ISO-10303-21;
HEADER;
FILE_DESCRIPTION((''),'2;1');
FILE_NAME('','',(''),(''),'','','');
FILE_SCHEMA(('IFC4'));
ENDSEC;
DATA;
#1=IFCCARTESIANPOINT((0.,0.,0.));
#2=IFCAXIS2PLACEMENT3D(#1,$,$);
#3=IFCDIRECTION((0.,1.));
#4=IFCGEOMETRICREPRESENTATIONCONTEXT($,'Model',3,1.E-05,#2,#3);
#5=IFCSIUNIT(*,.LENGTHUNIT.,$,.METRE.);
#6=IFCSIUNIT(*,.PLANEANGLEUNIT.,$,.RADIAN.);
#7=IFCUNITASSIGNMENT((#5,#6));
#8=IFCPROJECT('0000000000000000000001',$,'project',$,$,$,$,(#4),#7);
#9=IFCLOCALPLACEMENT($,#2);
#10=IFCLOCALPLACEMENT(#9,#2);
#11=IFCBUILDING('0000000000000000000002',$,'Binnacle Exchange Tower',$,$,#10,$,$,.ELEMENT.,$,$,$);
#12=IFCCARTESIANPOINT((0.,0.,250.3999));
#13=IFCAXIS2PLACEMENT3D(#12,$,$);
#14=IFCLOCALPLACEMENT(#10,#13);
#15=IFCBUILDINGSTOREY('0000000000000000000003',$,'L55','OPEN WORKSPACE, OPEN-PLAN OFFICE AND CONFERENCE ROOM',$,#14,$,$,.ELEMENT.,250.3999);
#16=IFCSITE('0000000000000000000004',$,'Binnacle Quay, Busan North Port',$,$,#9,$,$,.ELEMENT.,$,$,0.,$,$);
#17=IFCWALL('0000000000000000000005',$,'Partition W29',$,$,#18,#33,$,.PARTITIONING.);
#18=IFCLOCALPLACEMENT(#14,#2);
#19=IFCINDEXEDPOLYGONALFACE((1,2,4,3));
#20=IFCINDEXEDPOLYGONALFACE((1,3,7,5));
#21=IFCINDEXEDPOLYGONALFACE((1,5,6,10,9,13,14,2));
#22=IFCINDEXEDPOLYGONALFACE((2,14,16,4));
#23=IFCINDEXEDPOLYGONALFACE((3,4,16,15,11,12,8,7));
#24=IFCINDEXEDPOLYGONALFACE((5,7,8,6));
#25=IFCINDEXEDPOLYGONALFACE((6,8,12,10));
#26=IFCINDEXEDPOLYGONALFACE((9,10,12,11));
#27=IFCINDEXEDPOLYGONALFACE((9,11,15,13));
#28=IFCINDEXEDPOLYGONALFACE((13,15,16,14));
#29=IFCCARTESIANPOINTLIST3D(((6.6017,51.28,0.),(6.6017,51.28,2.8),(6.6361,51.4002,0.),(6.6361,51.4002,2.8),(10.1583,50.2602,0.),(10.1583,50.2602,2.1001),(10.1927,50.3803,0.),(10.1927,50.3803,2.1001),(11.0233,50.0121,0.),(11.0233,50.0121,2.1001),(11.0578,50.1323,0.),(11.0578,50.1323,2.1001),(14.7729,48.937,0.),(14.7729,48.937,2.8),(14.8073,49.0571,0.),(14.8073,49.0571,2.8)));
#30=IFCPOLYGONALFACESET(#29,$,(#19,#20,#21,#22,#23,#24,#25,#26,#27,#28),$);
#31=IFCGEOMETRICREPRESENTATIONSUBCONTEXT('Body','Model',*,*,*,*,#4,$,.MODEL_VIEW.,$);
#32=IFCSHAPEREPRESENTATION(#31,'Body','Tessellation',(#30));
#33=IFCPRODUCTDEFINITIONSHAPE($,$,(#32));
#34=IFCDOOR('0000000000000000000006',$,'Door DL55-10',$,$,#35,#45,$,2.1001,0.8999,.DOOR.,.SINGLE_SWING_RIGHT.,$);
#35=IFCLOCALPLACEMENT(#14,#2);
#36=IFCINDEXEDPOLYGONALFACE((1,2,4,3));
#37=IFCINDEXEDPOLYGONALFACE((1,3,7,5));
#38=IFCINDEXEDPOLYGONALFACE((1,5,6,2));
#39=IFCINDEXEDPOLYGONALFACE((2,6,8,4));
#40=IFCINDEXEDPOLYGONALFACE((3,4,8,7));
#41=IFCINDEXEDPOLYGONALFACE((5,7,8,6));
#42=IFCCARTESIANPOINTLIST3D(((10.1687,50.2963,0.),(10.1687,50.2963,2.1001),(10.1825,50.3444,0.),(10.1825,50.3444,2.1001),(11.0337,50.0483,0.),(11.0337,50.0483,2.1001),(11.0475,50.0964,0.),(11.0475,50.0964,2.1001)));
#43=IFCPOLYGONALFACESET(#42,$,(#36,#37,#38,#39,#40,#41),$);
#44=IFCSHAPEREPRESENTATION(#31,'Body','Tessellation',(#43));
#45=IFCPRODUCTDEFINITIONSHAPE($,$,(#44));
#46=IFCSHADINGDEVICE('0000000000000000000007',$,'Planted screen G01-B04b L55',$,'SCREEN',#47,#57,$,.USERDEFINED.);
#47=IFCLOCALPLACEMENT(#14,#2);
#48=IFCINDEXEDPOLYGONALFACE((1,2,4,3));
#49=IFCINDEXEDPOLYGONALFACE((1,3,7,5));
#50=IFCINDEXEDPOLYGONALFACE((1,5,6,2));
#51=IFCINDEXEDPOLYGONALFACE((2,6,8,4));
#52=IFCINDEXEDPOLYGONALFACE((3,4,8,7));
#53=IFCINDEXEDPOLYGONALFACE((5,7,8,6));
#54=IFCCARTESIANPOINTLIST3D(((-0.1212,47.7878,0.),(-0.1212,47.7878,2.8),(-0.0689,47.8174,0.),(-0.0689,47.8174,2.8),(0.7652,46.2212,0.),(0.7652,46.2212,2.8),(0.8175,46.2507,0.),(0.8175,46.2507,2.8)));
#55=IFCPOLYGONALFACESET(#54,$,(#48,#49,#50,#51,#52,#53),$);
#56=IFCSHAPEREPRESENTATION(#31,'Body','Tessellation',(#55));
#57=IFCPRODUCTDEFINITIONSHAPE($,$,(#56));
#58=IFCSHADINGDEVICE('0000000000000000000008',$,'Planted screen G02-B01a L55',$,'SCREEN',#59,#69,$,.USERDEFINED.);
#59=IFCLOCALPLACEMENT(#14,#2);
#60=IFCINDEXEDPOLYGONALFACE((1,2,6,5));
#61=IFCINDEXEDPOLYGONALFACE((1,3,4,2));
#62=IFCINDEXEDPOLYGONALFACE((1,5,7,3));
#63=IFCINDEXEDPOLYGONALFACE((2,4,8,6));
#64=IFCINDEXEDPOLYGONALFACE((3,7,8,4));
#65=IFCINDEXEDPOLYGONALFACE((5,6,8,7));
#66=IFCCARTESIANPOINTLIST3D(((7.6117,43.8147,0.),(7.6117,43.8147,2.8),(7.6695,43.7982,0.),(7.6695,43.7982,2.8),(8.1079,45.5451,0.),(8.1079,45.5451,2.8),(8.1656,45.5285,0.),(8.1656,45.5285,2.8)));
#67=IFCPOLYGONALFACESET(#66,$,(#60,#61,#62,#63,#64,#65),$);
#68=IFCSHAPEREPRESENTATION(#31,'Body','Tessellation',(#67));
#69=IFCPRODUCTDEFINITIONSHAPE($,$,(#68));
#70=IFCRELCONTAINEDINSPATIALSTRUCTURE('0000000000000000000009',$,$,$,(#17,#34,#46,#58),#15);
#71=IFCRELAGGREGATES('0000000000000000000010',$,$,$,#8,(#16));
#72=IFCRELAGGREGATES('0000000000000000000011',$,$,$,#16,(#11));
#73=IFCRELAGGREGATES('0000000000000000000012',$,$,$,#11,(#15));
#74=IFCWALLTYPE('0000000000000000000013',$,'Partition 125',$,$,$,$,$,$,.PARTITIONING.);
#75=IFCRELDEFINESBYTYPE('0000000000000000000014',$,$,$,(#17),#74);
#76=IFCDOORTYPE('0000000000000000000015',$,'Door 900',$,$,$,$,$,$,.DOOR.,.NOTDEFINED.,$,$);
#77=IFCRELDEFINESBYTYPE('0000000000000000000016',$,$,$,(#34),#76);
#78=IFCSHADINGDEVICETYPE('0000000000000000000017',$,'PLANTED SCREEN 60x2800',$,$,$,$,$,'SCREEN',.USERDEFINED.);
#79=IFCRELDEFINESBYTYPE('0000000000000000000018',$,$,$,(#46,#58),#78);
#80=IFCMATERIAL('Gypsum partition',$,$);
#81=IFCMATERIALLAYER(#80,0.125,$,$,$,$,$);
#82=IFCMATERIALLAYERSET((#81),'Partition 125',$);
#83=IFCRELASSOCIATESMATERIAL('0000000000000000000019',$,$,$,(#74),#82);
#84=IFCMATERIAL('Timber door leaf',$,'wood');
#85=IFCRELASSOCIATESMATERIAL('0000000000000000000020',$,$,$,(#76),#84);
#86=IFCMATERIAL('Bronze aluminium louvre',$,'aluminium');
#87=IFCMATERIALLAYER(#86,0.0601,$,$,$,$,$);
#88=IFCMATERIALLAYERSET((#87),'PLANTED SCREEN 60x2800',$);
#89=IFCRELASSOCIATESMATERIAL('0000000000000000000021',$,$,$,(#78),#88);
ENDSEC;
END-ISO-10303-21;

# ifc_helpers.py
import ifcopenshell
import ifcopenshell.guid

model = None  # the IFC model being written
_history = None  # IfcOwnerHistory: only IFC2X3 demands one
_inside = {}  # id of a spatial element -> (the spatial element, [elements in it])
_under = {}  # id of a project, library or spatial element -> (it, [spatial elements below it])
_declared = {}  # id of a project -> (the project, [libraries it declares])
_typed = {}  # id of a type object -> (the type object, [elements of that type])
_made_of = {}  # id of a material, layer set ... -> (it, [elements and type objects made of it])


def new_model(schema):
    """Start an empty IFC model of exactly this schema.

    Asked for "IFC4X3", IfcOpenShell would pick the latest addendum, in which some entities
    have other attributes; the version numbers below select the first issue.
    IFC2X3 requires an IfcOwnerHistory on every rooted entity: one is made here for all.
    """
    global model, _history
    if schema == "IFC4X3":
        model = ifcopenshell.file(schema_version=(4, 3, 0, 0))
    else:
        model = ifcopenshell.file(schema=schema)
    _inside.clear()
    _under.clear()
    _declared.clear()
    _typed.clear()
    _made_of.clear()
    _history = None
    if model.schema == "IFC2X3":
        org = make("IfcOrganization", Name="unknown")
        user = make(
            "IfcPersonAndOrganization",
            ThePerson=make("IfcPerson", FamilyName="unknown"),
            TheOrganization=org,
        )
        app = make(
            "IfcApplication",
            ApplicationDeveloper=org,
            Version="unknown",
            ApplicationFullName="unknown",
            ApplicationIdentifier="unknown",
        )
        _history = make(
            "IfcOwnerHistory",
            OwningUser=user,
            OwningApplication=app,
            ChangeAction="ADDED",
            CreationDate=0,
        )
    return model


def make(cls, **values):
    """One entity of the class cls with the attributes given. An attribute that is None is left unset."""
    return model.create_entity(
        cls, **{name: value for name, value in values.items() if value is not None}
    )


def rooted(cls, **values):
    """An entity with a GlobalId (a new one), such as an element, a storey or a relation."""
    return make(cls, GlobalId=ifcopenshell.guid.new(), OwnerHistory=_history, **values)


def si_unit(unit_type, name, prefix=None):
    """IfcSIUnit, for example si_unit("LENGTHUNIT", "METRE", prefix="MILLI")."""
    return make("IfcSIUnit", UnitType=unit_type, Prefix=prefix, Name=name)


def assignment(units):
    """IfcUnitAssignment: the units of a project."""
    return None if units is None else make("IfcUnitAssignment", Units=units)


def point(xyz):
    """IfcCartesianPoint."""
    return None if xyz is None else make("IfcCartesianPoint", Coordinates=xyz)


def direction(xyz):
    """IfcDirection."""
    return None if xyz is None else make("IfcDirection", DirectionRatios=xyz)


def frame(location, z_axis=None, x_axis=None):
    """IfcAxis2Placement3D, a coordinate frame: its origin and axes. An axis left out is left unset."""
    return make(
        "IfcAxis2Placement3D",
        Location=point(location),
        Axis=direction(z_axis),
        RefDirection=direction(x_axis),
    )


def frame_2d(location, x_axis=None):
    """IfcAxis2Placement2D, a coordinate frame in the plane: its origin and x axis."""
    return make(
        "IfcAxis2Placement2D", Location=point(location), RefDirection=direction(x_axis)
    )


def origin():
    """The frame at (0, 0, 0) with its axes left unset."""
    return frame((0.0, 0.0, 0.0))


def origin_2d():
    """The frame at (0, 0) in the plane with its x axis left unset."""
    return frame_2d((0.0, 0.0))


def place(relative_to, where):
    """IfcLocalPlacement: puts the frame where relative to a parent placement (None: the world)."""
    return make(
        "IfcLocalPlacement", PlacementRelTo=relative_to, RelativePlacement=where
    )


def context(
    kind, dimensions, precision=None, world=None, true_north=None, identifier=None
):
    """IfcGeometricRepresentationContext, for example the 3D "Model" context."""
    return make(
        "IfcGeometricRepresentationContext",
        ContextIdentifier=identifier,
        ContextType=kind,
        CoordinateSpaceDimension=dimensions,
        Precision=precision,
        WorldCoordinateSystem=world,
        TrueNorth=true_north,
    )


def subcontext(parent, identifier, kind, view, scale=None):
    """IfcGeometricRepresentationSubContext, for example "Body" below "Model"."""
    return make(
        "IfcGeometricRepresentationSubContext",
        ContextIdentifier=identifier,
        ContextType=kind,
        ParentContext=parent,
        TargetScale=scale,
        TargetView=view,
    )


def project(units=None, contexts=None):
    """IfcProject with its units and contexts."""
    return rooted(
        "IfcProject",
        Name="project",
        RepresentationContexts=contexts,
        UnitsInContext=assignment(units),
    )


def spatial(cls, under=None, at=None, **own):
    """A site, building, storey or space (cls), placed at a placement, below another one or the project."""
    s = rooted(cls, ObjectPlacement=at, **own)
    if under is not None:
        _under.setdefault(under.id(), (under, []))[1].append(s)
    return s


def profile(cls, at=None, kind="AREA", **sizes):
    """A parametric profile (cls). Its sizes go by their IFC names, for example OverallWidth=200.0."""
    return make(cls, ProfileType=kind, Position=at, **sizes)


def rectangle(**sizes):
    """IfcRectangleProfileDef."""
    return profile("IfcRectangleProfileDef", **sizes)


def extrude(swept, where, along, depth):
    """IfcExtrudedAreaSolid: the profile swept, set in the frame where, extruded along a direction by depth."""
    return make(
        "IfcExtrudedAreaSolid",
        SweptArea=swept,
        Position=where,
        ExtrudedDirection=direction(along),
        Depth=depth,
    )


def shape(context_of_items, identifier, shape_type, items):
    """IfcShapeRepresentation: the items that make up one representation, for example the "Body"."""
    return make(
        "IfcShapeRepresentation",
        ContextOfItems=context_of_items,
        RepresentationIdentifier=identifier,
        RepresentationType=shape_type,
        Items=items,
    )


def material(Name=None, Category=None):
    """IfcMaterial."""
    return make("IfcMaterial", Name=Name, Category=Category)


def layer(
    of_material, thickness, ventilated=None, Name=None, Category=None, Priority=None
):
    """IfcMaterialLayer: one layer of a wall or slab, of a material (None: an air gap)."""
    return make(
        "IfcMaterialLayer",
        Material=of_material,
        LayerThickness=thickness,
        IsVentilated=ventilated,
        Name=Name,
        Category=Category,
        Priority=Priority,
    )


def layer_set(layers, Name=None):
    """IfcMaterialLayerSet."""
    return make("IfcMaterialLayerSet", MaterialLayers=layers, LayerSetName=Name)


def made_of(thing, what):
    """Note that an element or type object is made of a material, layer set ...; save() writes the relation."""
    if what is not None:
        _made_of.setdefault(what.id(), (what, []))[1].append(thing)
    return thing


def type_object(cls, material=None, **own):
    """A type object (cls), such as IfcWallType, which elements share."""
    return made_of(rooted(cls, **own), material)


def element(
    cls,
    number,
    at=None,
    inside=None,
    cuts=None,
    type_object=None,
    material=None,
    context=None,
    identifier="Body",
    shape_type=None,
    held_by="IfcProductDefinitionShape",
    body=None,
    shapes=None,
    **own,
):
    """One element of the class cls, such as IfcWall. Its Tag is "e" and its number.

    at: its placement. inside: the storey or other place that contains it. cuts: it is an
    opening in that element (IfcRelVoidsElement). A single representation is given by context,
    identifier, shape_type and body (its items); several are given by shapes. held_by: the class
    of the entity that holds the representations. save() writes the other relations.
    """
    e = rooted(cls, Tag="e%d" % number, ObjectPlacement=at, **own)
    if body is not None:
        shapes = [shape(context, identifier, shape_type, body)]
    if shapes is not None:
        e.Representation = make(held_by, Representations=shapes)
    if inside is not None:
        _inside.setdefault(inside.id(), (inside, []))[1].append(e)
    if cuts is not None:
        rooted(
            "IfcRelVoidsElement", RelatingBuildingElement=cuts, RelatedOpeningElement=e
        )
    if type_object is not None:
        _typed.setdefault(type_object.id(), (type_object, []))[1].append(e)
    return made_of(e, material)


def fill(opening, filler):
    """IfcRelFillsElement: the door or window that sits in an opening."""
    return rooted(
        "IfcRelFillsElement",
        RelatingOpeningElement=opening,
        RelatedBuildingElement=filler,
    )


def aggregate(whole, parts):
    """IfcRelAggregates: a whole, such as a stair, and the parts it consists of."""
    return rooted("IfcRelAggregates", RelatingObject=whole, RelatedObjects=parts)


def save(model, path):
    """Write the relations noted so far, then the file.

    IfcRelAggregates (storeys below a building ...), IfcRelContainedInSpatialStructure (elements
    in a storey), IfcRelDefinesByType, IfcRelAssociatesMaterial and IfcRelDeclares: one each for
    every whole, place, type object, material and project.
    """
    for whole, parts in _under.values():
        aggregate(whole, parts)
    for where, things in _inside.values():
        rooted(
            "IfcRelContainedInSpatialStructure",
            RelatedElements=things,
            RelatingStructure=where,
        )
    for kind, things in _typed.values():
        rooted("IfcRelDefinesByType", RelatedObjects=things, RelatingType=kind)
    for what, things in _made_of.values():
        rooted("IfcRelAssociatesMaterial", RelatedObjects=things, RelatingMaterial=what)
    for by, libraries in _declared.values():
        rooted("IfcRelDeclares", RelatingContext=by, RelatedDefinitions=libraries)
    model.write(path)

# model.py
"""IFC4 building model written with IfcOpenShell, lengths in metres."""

from ifc_helpers import new_model, si_unit, direction, frame, frame_2d, origin, origin_2d, place, context, subcontext, project, spatial, rectangle, extrude, material, layer, layer_set, type_object, element, fill, save


model = new_model("IFC4")

# Units and contexts
model_context = context("Model", 3, precision=1e-05, world=origin(), true_north=direction((0.0, 1.0)))
body_context = subcontext(model_context, "Body", "Model", "MODEL_VIEW")
ifc_project = project(units=[si_unit("LENGTHUNIT", "METRE"), si_unit("PLANEANGLEUNIT", "RADIAN")], contexts=[model_context])

# Site, building, storey
site_placement = place(None, origin())
site = spatial("IfcSite", under=ifc_project, at=site_placement, Name="Binnacle Quay, Busan North Port", CompositionType="ELEMENT", RefElevation=0.0)
building_placement = place(site_placement, origin())
building = spatial("IfcBuilding", under=site, at=building_placement, Name="Binnacle Exchange Tower", CompositionType="ELEMENT")
storey_placement = place(building_placement, frame((0.0, 0.0, 250.3999)))
storey = spatial("IfcBuildingStorey", under=building, at=storey_placement, Name="L55", Description="OPEN WORKSPACE, OPEN-PLAN OFFICE AND CONFERENCE ROOM", CompositionType="ELEMENT", Elevation=250.3999)

# Shared definitions
ifc_material_1 = material(Name="Gypsum partition")
ifc_layer_1 = layer(ifc_material_1, 0.125)
ifc_layer_set_1 = layer_set([ifc_layer_1], Name="Partition 125")
wall_type_1 = type_object("IfcWallType", Name="Partition 125", PredefinedType="PARTITIONING", material=ifc_layer_set_1)

# Wall, opening, door
wall_1_placement = place(storey_placement, frame((6.6189, 51.3401, 0.0), z_axis=(0.0, 0.0, 1.0), x_axis=(0.961262, -0.275635, 0.0)))
wall_1 = element("IfcWall", 1, at=wall_1_placement, inside=storey, type_object=wall_type_1, Name="Partition W29", PredefinedType="PARTITIONING", context=body_context, shape_type="SweptSolid", body=[
    extrude(rectangle(XDim=8.5005, YDim=0.125, at=frame_2d((4.2502, 0.0))), origin(), (0.0, 0.0, 1.0), 2.8),
])
opening_1_placement = place(wall_1_placement, frame((3.7, 0.0, 0.0)))
opening_1 = element("IfcOpeningElement", 2, at=opening_1_placement, cuts=wall_1, PredefinedType="OPENING", context=body_context, shape_type="SweptSolid", body=[
    extrude(rectangle(XDim=0.8999, YDim=2.1001, at=frame_2d((0.45, 1.05))), frame((0.0, 0.0725, 0.0), z_axis=(0.0, -1.0, 0.0), x_axis=(1.0, 0.0, 0.0)), (0.0, 0.0, 1.0), 0.145),
])
ifc_material_2 = material(Name="Timber door leaf", Category="wood")
door_type_1 = type_object("IfcDoorType", Name="Door 900", OperationType="NOTDEFINED", PredefinedType="DOOR", material=ifc_material_2)
door_1_placement = place(opening_1_placement, frame((0.8999, 0.0, 0.0), z_axis=(0.0, 0.0, 1.0), x_axis=(-1.0, 0.0, 0.0)))
door_1 = element("IfcDoor", 3, at=door_1_placement, inside=storey, type_object=door_type_1, Name="Door DL55-10", OperationType="SINGLE_SWING_RIGHT", OverallHeight=2.1001, OverallWidth=0.8999, PredefinedType="DOOR", context=body_context, shape_type="SweptSolid", body=[
    extrude(rectangle(XDim=0.8999, YDim=2.1001, at=frame_2d((0.45, 1.05))), frame((0.0, 0.0249, 0.0), z_axis=(0.0, -1.0, 0.0), x_axis=(1.0, 0.0, 0.0)), (0.0, 0.0, 1.0), 0.05),
])
fill(opening_1, door_1)

# Shading devices
ifc_material_3 = material(Name="Bronze aluminium louvre", Category="aluminium")
ifc_layer_2 = layer(ifc_material_3, 0.0601)
ifc_layer_set_2 = layer_set([ifc_layer_2], Name="PLANTED SCREEN 60x2800")
shading_device_type = type_object("IfcShadingDeviceType", Name="PLANTED SCREEN 60x2800", ElementType="SCREEN", PredefinedType="USERDEFINED", material=ifc_layer_set_2)
for number, where, z_axis, x_axis, name in (
    (4, (0.3481, 47.0193, 0.0), (0.0, 0.0, 1.0), (0.870356, 0.492424, 0.0), "Planted screen G01-B04b L55"),
    (5, (7.8887, 44.6716, 0.0), (0.0, 0.0, 1.0), (0.961262, -0.275637, 0.0), "Planted screen G02-B01a L55"),
):
    element("IfcShadingDevice", number, at=place(storey_placement, frame(where, z_axis=z_axis, x_axis=x_axis)), inside=storey, type_object=shading_device_type, Name=name, ObjectType="SCREEN", PredefinedType="USERDEFINED", context=body_context, shape_type="SweptSolid", body=[
        extrude(rectangle(XDim=0.0601, YDim=1.8, at=origin_2d()), origin(), (0.0, 0.0, 1.0), 2.8),
    ])

save(model, "model.ifc")
